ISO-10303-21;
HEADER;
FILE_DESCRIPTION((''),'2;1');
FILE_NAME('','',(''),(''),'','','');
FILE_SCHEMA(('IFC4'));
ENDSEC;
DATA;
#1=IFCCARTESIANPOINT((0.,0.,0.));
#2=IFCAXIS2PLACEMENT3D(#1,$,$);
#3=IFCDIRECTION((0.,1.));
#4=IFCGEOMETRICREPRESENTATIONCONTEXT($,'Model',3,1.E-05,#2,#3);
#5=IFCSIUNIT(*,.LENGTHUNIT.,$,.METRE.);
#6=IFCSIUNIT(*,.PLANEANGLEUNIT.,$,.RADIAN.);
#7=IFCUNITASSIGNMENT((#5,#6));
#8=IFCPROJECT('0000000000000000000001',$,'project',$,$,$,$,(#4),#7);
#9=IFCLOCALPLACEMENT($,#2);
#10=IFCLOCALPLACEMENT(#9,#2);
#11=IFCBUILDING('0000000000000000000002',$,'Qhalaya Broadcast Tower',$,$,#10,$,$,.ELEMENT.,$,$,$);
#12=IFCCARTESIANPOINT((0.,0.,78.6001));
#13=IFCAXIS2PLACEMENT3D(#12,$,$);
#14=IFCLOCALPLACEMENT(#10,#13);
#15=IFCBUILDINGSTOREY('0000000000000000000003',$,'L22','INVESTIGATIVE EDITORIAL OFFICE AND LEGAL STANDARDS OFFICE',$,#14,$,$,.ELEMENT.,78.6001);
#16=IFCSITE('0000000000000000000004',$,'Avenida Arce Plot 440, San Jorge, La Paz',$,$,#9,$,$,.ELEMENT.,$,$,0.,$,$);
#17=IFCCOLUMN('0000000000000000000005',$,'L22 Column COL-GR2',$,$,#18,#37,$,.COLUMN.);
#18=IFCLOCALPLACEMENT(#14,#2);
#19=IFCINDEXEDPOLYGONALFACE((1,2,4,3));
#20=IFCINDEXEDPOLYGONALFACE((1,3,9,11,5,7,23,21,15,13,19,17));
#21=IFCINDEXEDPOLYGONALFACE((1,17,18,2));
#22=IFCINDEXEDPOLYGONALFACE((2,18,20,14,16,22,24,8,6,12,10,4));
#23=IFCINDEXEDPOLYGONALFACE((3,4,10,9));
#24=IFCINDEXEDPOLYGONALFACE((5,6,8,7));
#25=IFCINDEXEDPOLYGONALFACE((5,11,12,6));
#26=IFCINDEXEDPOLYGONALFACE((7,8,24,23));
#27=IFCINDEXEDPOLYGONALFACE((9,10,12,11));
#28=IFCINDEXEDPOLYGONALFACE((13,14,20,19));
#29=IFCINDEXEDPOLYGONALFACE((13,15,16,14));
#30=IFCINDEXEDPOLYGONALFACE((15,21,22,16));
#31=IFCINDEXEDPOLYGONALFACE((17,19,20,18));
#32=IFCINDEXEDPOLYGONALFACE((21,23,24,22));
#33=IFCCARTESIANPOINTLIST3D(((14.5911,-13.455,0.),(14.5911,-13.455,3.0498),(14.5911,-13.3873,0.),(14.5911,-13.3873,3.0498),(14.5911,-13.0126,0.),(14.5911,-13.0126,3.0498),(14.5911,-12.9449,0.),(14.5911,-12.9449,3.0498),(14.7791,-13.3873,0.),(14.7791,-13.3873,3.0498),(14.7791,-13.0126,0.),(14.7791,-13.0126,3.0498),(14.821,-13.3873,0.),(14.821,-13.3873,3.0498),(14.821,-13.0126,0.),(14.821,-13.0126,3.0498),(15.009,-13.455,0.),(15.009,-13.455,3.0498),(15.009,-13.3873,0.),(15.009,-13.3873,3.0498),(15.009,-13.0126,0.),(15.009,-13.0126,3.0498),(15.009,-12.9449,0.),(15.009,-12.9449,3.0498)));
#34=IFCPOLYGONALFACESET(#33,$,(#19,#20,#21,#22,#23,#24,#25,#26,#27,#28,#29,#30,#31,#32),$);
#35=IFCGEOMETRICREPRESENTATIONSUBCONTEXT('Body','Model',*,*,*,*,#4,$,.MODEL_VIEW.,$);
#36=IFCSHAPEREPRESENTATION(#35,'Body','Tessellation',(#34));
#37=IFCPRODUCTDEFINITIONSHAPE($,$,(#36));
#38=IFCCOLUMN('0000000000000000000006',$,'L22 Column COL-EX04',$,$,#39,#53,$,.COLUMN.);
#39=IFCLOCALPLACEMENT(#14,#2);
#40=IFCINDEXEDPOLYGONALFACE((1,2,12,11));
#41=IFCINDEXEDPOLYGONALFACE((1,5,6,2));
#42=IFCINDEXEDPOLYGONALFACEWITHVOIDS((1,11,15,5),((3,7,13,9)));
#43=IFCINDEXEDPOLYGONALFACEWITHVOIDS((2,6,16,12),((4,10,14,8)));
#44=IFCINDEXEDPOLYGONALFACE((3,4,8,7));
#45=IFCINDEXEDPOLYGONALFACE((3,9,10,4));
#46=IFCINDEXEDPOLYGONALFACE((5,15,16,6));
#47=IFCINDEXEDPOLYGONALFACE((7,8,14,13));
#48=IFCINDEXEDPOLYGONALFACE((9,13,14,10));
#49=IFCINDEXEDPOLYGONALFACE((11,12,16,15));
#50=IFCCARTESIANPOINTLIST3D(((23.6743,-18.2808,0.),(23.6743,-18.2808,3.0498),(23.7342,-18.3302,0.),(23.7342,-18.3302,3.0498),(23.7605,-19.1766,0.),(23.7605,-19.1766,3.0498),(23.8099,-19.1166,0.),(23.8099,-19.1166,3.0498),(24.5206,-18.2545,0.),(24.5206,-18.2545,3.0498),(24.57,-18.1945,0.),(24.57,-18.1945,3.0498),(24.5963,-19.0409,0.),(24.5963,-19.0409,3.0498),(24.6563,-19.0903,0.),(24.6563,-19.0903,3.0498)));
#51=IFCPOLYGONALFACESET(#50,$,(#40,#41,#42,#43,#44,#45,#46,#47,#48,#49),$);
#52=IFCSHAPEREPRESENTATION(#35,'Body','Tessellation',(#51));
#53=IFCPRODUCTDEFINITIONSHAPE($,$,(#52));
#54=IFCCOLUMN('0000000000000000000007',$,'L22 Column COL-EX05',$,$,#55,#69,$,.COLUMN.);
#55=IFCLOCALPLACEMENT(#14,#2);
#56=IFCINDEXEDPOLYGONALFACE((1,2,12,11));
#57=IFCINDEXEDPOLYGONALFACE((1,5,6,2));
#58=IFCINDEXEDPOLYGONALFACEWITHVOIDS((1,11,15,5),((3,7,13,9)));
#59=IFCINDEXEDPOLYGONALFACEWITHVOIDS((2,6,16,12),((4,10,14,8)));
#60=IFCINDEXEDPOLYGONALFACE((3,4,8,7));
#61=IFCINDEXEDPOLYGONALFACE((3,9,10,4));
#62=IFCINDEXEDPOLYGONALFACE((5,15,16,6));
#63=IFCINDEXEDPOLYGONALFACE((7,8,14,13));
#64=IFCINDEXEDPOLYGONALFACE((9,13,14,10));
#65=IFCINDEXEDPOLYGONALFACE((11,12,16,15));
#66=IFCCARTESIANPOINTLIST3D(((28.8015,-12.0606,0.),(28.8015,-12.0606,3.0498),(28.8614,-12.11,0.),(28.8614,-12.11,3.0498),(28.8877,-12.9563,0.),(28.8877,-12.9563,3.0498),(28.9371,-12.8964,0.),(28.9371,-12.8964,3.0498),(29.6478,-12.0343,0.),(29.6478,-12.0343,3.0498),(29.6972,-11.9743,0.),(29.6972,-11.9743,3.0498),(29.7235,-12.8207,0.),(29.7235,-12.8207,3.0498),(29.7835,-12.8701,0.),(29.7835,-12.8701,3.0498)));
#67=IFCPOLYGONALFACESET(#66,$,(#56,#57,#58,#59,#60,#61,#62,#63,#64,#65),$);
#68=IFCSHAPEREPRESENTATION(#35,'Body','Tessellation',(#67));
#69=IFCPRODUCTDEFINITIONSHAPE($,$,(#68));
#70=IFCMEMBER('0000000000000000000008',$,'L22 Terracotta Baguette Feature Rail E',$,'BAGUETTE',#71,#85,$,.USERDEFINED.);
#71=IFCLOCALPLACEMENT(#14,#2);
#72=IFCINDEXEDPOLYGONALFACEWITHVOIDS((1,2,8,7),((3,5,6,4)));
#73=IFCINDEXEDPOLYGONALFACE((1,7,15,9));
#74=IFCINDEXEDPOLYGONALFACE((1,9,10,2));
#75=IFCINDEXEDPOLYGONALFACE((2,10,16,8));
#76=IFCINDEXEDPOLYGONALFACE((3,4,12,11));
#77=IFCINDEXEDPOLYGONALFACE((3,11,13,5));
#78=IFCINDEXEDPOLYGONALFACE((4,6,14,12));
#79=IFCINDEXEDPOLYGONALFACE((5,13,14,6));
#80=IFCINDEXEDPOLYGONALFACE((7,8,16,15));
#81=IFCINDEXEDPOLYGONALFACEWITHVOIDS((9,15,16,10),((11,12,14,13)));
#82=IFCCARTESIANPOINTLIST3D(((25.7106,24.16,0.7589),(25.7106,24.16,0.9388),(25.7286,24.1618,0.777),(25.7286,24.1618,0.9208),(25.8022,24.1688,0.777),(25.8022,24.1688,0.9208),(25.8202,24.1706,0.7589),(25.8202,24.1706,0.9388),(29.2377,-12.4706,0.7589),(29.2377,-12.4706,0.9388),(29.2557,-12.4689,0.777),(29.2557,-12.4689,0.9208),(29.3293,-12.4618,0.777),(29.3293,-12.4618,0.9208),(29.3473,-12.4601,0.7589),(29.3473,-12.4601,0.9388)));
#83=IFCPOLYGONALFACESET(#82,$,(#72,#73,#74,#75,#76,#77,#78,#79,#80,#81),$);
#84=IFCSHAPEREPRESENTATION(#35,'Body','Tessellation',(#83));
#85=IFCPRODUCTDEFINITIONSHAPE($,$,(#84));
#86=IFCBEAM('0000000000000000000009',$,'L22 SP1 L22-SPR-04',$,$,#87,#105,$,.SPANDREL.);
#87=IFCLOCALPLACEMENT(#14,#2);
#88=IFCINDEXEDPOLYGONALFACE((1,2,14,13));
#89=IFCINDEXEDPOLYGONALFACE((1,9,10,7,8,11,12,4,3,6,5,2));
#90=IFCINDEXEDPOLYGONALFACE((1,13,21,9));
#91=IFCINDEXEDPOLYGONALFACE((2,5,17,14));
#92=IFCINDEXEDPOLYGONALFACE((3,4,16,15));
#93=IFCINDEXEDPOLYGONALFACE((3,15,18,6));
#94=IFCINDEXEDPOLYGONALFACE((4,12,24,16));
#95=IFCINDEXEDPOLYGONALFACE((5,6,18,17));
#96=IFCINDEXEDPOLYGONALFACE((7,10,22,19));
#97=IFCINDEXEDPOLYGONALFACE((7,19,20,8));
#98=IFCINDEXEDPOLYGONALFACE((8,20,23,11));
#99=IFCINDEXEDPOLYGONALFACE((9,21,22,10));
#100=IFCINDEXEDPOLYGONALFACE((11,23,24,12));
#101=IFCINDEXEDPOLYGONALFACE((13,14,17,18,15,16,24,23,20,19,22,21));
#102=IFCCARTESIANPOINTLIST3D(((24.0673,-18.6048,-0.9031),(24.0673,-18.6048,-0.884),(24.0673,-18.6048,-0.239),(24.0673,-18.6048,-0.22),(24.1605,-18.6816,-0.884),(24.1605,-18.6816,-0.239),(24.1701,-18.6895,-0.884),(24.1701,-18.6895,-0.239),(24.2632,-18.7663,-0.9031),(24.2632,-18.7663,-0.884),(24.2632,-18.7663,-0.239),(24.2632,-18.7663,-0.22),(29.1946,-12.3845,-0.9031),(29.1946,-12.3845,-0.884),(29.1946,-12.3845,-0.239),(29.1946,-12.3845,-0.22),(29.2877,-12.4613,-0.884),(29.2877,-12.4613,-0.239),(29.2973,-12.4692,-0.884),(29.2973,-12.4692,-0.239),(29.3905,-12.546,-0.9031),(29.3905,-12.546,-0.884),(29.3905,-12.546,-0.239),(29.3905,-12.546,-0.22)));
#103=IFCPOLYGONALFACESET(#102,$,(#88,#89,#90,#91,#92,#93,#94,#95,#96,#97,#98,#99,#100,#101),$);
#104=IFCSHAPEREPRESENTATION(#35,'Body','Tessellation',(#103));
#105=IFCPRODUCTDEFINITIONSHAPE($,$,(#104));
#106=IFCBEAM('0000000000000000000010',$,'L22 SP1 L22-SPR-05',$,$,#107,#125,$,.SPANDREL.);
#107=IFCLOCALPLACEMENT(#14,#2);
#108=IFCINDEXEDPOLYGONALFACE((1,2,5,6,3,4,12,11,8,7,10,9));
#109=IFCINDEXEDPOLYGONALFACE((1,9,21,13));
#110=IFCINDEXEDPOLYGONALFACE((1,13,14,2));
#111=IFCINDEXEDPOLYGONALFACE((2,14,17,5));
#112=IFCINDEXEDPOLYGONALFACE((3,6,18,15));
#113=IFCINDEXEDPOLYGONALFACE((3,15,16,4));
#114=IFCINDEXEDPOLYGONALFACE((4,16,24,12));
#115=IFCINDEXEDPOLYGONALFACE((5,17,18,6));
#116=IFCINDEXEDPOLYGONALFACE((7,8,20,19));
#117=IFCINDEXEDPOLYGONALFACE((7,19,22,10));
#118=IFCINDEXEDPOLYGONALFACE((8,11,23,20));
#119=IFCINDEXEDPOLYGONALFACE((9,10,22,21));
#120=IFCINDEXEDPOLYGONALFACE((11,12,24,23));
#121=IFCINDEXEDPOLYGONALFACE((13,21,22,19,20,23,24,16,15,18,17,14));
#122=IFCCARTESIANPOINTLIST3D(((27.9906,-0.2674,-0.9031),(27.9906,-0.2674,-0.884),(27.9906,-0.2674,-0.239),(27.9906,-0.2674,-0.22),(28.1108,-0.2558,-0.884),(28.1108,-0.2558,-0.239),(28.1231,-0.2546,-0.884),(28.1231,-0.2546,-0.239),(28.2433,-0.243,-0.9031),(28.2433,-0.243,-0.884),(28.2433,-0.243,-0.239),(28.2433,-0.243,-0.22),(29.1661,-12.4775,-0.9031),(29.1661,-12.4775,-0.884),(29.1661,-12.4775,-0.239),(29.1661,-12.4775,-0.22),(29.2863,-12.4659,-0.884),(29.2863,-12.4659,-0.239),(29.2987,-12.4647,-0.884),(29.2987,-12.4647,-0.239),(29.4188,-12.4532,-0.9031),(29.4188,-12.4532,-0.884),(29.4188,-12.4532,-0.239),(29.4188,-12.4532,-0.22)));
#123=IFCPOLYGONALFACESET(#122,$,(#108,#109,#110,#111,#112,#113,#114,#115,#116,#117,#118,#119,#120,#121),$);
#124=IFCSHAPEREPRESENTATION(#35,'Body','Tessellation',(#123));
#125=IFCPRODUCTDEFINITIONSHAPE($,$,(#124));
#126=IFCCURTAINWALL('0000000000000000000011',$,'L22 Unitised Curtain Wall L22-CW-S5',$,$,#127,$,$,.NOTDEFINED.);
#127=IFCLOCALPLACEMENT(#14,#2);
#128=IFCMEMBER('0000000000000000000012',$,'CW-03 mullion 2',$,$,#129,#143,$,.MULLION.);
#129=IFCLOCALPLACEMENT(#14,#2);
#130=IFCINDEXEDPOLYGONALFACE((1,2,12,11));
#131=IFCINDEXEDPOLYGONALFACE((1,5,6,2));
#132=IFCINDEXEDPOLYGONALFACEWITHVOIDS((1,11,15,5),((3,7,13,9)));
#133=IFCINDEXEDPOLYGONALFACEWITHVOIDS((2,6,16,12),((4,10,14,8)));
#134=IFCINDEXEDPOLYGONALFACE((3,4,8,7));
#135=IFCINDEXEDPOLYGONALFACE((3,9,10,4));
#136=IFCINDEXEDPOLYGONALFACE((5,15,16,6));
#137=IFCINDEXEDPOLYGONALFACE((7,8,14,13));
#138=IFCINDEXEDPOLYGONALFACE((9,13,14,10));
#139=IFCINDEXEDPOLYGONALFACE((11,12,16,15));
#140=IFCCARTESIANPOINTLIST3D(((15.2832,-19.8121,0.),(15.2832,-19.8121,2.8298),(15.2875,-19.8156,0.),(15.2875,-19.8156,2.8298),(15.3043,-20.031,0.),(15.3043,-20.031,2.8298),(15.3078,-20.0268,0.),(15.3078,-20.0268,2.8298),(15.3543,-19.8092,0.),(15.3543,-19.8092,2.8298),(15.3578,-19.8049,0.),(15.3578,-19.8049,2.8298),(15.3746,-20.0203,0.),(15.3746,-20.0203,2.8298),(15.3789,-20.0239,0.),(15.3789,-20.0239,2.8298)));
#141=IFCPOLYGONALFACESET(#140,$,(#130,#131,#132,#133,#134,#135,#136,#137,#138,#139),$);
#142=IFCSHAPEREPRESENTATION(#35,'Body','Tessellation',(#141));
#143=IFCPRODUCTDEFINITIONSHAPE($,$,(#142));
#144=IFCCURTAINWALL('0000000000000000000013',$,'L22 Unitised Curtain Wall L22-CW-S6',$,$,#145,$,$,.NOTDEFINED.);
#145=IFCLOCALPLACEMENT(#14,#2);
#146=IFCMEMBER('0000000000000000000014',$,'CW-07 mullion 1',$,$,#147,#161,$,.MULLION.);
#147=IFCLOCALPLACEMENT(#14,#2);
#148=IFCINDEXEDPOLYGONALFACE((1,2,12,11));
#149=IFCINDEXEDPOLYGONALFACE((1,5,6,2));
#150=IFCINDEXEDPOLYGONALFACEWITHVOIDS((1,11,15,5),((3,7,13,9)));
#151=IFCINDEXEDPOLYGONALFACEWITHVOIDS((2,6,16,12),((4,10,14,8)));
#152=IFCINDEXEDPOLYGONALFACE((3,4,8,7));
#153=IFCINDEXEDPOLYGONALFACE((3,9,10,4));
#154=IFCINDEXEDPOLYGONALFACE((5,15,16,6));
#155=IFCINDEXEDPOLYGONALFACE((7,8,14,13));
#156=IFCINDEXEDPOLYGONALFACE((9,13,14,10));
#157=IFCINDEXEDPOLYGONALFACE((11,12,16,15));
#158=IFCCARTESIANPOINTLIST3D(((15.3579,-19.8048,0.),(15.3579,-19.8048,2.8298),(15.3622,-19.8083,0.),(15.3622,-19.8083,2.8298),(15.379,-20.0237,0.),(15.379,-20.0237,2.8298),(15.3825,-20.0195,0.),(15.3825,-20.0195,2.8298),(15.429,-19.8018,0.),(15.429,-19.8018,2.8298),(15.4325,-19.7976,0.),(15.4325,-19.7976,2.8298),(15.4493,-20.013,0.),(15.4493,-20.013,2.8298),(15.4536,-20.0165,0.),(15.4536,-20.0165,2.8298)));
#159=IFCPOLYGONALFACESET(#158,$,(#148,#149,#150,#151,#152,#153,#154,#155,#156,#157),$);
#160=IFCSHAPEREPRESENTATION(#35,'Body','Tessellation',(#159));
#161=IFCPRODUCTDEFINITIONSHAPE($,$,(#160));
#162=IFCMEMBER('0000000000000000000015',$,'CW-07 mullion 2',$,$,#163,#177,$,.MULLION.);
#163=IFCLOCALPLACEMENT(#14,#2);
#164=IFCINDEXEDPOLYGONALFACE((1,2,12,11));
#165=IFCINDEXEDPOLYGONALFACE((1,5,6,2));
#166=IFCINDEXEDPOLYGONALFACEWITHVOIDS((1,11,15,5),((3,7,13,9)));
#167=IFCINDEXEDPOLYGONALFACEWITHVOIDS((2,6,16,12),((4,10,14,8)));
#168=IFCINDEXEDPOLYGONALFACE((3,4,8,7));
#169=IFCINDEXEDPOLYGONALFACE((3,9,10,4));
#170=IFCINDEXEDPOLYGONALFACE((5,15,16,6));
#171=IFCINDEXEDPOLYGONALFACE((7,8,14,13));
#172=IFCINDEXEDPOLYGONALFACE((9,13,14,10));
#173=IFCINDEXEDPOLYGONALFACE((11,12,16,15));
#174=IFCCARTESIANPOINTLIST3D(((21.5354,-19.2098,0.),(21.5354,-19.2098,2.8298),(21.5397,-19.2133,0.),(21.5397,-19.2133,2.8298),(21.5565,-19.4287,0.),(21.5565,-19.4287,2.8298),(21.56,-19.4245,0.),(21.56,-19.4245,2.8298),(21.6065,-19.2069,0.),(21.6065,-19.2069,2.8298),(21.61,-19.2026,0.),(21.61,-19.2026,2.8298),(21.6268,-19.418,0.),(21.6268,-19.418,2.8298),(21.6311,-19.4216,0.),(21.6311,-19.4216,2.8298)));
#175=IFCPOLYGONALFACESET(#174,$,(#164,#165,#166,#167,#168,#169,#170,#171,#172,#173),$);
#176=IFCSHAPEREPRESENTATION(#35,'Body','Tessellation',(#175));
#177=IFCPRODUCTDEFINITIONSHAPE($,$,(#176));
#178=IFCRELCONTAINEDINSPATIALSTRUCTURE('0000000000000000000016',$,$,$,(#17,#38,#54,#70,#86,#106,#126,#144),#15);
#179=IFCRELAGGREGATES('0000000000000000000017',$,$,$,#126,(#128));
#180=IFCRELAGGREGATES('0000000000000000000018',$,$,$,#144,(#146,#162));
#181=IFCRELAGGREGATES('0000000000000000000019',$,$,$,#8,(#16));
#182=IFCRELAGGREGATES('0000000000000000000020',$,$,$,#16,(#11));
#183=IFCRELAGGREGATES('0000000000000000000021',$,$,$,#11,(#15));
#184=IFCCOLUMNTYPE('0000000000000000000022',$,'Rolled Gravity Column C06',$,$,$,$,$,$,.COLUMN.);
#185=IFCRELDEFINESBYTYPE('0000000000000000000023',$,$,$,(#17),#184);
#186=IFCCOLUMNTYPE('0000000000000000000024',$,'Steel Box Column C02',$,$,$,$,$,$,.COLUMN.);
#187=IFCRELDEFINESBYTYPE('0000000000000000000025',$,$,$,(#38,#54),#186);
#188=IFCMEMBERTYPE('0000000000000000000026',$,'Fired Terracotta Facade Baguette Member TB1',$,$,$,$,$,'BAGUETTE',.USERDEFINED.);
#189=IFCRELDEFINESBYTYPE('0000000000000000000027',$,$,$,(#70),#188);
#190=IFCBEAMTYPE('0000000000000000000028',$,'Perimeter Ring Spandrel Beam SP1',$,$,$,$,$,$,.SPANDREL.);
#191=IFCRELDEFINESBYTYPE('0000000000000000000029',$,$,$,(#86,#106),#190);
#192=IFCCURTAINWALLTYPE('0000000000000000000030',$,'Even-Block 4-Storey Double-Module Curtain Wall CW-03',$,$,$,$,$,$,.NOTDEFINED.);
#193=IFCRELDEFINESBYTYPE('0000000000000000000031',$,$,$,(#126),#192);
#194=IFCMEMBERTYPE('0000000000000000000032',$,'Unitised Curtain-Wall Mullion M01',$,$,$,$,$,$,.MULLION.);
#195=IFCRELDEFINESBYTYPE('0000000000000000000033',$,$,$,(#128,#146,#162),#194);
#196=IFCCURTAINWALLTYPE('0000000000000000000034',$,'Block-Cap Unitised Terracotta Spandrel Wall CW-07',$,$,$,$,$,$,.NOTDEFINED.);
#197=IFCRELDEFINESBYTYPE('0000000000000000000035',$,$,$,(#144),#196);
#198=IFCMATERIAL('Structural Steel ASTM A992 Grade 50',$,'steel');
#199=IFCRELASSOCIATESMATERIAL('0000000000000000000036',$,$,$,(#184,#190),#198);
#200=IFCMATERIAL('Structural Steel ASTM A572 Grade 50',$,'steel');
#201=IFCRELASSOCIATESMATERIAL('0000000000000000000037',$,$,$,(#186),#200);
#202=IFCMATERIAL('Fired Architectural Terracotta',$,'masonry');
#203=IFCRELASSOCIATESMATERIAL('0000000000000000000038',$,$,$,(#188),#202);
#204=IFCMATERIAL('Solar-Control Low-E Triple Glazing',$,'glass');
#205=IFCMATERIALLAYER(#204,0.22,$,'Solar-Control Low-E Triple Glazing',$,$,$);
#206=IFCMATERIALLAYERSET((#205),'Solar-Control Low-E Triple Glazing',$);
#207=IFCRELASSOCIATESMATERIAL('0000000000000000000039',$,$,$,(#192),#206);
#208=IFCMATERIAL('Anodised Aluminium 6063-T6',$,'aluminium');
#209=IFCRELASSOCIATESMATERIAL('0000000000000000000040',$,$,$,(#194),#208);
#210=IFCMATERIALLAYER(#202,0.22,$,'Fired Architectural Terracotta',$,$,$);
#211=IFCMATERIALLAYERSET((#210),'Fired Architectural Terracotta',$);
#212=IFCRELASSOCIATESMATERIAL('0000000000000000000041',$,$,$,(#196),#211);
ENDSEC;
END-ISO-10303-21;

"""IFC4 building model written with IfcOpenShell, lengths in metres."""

from ifc_helpers import new_model, si_unit, direction, frame, origin, origin_2d, place, context, subcontext, project, spatial, hollow_rectangle, i_section, extrude, material, layer, layer_set, material_profile, profile_set, type_object, element, aggregate, save


model = new_model("IFC4")

# Units and contexts
model_context = context("Model", 3, precision=1e-05, world=origin(), true_north=direction((0.0, 1.0)))
body_context = subcontext(model_context, "Body", "Model", "MODEL_VIEW")
ifc_project = project(units=[si_unit("LENGTHUNIT", "METRE"), si_unit("PLANEANGLEUNIT", "RADIAN")], contexts=[model_context])

# Site, building, storey
site_placement = place(None, origin())
site = spatial("IfcSite", under=ifc_project, at=site_placement, Name="Avenida Arce Plot 440, San Jorge, La Paz", CompositionType="ELEMENT", RefElevation=0.0)
building_placement = place(site_placement, origin())
building = spatial("IfcBuilding", under=site, at=building_placement, Name="Qhalaya Broadcast Tower", CompositionType="ELEMENT")
storey_placement = place(building_placement, frame((0.0, 0.0, 78.6001)))
storey = spatial("IfcBuildingStorey", under=building, at=storey_placement, Name="L22", Description="INVESTIGATIVE EDITORIAL OFFICE AND LEGAL STANDARDS OFFICE", CompositionType="ELEMENT", Elevation=78.6001)

# Columns
ifc_material_1 = material(Name="Structural Steel ASTM A992 Grade 50", Category="steel")
ifc_material_profile_1 = material_profile(ifc_material_1, i_section(OverallWidth=0.418, OverallDepth=0.51, WebThickness=0.042, FlangeThickness=0.0676, at=origin_2d()), Name="W14X370")
ifc_profile_set_1 = profile_set([ifc_material_profile_1], Name="Structural Steel ASTM A992 Grade 50")
column_type_1 = type_object("IfcColumnType", Name="Rolled Gravity Column C06", PredefinedType="COLUMN", material=ifc_profile_set_1)
column_placement = place(storey_placement, frame((14.8, -13.2, 0.0), z_axis=(0.0, 0.0, 1.0), x_axis=(1.0, 0.0, 0.0)))
element("IfcColumn", 1, at=column_placement, inside=storey, type_object=column_type_1, Name="L22 Column COL-GR2", PredefinedType="COLUMN", context=body_context, shape_type="SweptSolid", body=[
    extrude(i_section(OverallWidth=0.418, OverallDepth=0.51, WebThickness=0.042, FlangeThickness=0.0676, at=origin_2d()), origin(), (0.0, 0.0, 1.0), 3.0498),
])
ifc_material_2 = material(Name="Structural Steel ASTM A572 Grade 50", Category="steel")
ifc_material_profile_2 = material_profile(ifc_material_2, hollow_rectangle(XDim=0.8999, YDim=0.8999, WallThickness=0.0549, at=origin_2d()), Name="BOX 900x900x55")
ifc_profile_set_2 = profile_set([ifc_material_profile_2], Name="Structural Steel ASTM A572 Grade 50")
column_type_2 = type_object("IfcColumnType", Name="Steel Box Column C02", PredefinedType="COLUMN", material=ifc_profile_set_2)
for number, where, z_axis, x_axis, name in (
    (2, (24.1653, -18.6855, 0.0), (0.0, 0.0, 1.0), (0.995396, 0.095846, 0.0), "L22 Column COL-EX04"),
    (3, (29.2925, -12.4653, 0.0), (0.0, 0.0, 1.0), (-0.095846, 0.995396, 0.0), "L22 Column COL-EX05"),
):
    element("IfcColumn", number, at=place(storey_placement, frame(where, z_axis=z_axis, x_axis=x_axis)), inside=storey, type_object=column_type_2, Name=name, PredefinedType="COLUMN", context=body_context, shape_type="SweptSolid", body=[
        extrude(hollow_rectangle(XDim=0.8999, YDim=0.8999, WallThickness=0.0549, at=origin_2d()), origin(), (0.0, 0.0, 1.0), 3.0498),
    ])

# Member
ifc_material_3 = material(Name="Fired Architectural Terracotta", Category="masonry")
ifc_material_profile_3 = material_profile(ifc_material_3, hollow_rectangle(XDim=0.1101, YDim=0.1799, WallThickness=0.0181, at=origin_2d()), Name="TB-BAG 110x180x18")
ifc_profile_set_3 = profile_set([ifc_material_profile_3], Name="Fired Architectural Terracotta")
member_type_1 = type_object("IfcMemberType", Name="Fired Terracotta Facade Baguette Member TB1", ElementType="BAGUETTE", PredefinedType="USERDEFINED", material=ifc_profile_set_3)
member_1_placement = place(storey_placement, frame((29.2925, -12.4653, 0.8489), z_axis=(-0.095845, 0.995396, 0.0), x_axis=(-0.995396, -0.095845, 0.0)))
element("IfcMember", 4, at=member_1_placement, inside=storey, type_object=member_type_1, Name="L22 Terracotta Baguette Feature Rail E", ObjectType="BAGUETTE", PredefinedType="USERDEFINED", context=body_context, shape_type="SweptSolid", body=[
    extrude(hollow_rectangle(XDim=0.1101, YDim=0.1799, WallThickness=0.0181, at=origin_2d()), origin(), (0.0, 0.0, 1.0), 36.8),
])

# Beams
ifc_material_profile_4 = material_profile(ifc_material_1, i_section(OverallWidth=0.2539, OverallDepth=0.6831, WebThickness=0.0125, FlangeThickness=0.019, at=origin_2d()), Name="W27X94")
ifc_profile_set_4 = profile_set([ifc_material_profile_4], Name="Structural Steel ASTM A992 Grade 50")
beam_type = type_object("IfcBeamType", Name="Perimeter Ring Spandrel Beam SP1", PredefinedType="SPANDREL", material=ifc_profile_set_4)
beam_1_placement = place(storey_placement, frame((24.1653, -18.6855, -0.5615), z_axis=(0.636052, 0.771646, 0.0), x_axis=(-0.771646, 0.636052, 0.0)))
element("IfcBeam", 5, at=beam_1_placement, inside=storey, type_object=beam_type, Name="L22 SP1 L22-SPR-04", PredefinedType="SPANDREL", context=body_context, shape_type="SweptSolid", body=[
    extrude(i_section(OverallWidth=0.2539, OverallDepth=0.6831, WebThickness=0.0125, FlangeThickness=0.019, at=origin_2d()), origin(), (0.0, 0.0, 1.0), 8.061),
])
beam_2_placement = place(storey_placement, frame((29.2925, -12.4653, -0.5615), z_axis=(-0.095832, 0.995398, 0.0), x_axis=(-0.995398, -0.095832, 0.0)))
element("IfcBeam", 6, at=beam_2_placement, inside=storey, type_object=beam_type, Name="L22 SP1 L22-SPR-05", PredefinedType="SPANDREL", context=body_context, shape_type="SweptSolid", body=[
    extrude(i_section(OverallWidth=0.2539, OverallDepth=0.6831, WebThickness=0.0125, FlangeThickness=0.019, at=origin_2d()), origin(), (0.0, 0.0, 1.0), 12.2666),
])

# Curtain wall, member
ifc_material_4 = material(Name="Solar-Control Low-E Triple Glazing", Category="glass")
ifc_layer_1 = layer(ifc_material_4, 0.22, Name="Solar-Control Low-E Triple Glazing")
ifc_layer_set_1 = layer_set([ifc_layer_1], Name="Solar-Control Low-E Triple Glazing")
curtain_wall_type_1 = type_object("IfcCurtainWallType", Name="Even-Block 4-Storey Double-Module Curtain Wall CW-03", PredefinedType="NOTDEFINED", material=ifc_layer_set_1)
curtain_wall_1_placement = place(storey_placement, origin())
curtain_wall_1 = element("IfcCurtainWall", 7, at=curtain_wall_1_placement, inside=storey, type_object=curtain_wall_type_1, Name="L22 Unitised Curtain Wall L22-CW-S5", PredefinedType="NOTDEFINED")
ifc_material_5 = material(Name="Anodised Aluminium 6063-T6", Category="aluminium")
ifc_material_profile_5 = material_profile(ifc_material_5, hollow_rectangle(XDim=0.075, YDim=0.22, WallThickness=0.0039, at=origin_2d()), Name="ALU-MUL 75x220x4")
ifc_profile_set_5 = profile_set([ifc_material_profile_5], Name="Anodised Aluminium 6063-T6")
member_type_2 = type_object("IfcMemberType", Name="Unitised Curtain-Wall Mullion M01", PredefinedType="MULLION", material=ifc_profile_set_5)
member_2_placement = place(storey_placement, frame((15.3311, -19.918, 0.0), z_axis=(0.0, 0.0, 1.0), x_axis=(0.995397, 0.095834, 0.0)))
member_2 = element("IfcMember", 8, at=member_2_placement, type_object=member_type_2, Name="CW-03 mullion 2", PredefinedType="MULLION", context=body_context, shape_type="SweptSolid", body=[
    extrude(hollow_rectangle(XDim=0.075, YDim=0.22, WallThickness=0.0039, at=origin_2d()), origin(), (0.0, 0.0, 1.0), 2.8298),
])
aggregate(curtain_wall_1, [member_2])

# Curtain wall, members
ifc_layer_2 = layer(ifc_material_3, 0.22, Name="Fired Architectural Terracotta")
ifc_layer_set_2 = layer_set([ifc_layer_2], Name="Fired Architectural Terracotta")
curtain_wall_type_2 = type_object("IfcCurtainWallType", Name="Block-Cap Unitised Terracotta Spandrel Wall CW-07", PredefinedType="NOTDEFINED", material=ifc_layer_set_2)
curtain_wall_2_placement = place(storey_placement, origin())
curtain_wall_2 = element("IfcCurtainWall", 9, at=curtain_wall_2_placement, inside=storey, type_object=curtain_wall_type_2, Name="L22 Unitised Curtain Wall L22-CW-S6", PredefinedType="NOTDEFINED")
member_3_placement = place(storey_placement, frame((15.4058, -19.9106, 0.0), z_axis=(0.0, 0.0, 1.0), x_axis=(0.995395, 0.09586, 0.0)))
member_3 = element("IfcMember", 10, at=member_3_placement, type_object=member_type_2, Name="CW-07 mullion 1", PredefinedType="MULLION", context=body_context, shape_type="SweptSolid", body=[
    extrude(hollow_rectangle(XDim=0.075, YDim=0.22, WallThickness=0.0039, at=origin_2d()), origin(), (0.0, 0.0, 1.0), 2.8298),
])
member_4_placement = place(storey_placement, frame((21.5833, -19.3157, 0.0), z_axis=(0.0, 0.0, 1.0), x_axis=(0.995395, 0.09586, 0.0)))
member_4 = element("IfcMember", 11, at=member_4_placement, type_object=member_type_2, Name="CW-07 mullion 2", PredefinedType="MULLION", context=body_context, shape_type="SweptSolid", body=[
    extrude(hollow_rectangle(XDim=0.075, YDim=0.22, WallThickness=0.0039, at=origin_2d()), origin(), (0.0, 0.0, 1.0), 2.8298),
])

aggregate(curtain_wall_2, [member_3, member_4])

save(model, "model.ifc")
